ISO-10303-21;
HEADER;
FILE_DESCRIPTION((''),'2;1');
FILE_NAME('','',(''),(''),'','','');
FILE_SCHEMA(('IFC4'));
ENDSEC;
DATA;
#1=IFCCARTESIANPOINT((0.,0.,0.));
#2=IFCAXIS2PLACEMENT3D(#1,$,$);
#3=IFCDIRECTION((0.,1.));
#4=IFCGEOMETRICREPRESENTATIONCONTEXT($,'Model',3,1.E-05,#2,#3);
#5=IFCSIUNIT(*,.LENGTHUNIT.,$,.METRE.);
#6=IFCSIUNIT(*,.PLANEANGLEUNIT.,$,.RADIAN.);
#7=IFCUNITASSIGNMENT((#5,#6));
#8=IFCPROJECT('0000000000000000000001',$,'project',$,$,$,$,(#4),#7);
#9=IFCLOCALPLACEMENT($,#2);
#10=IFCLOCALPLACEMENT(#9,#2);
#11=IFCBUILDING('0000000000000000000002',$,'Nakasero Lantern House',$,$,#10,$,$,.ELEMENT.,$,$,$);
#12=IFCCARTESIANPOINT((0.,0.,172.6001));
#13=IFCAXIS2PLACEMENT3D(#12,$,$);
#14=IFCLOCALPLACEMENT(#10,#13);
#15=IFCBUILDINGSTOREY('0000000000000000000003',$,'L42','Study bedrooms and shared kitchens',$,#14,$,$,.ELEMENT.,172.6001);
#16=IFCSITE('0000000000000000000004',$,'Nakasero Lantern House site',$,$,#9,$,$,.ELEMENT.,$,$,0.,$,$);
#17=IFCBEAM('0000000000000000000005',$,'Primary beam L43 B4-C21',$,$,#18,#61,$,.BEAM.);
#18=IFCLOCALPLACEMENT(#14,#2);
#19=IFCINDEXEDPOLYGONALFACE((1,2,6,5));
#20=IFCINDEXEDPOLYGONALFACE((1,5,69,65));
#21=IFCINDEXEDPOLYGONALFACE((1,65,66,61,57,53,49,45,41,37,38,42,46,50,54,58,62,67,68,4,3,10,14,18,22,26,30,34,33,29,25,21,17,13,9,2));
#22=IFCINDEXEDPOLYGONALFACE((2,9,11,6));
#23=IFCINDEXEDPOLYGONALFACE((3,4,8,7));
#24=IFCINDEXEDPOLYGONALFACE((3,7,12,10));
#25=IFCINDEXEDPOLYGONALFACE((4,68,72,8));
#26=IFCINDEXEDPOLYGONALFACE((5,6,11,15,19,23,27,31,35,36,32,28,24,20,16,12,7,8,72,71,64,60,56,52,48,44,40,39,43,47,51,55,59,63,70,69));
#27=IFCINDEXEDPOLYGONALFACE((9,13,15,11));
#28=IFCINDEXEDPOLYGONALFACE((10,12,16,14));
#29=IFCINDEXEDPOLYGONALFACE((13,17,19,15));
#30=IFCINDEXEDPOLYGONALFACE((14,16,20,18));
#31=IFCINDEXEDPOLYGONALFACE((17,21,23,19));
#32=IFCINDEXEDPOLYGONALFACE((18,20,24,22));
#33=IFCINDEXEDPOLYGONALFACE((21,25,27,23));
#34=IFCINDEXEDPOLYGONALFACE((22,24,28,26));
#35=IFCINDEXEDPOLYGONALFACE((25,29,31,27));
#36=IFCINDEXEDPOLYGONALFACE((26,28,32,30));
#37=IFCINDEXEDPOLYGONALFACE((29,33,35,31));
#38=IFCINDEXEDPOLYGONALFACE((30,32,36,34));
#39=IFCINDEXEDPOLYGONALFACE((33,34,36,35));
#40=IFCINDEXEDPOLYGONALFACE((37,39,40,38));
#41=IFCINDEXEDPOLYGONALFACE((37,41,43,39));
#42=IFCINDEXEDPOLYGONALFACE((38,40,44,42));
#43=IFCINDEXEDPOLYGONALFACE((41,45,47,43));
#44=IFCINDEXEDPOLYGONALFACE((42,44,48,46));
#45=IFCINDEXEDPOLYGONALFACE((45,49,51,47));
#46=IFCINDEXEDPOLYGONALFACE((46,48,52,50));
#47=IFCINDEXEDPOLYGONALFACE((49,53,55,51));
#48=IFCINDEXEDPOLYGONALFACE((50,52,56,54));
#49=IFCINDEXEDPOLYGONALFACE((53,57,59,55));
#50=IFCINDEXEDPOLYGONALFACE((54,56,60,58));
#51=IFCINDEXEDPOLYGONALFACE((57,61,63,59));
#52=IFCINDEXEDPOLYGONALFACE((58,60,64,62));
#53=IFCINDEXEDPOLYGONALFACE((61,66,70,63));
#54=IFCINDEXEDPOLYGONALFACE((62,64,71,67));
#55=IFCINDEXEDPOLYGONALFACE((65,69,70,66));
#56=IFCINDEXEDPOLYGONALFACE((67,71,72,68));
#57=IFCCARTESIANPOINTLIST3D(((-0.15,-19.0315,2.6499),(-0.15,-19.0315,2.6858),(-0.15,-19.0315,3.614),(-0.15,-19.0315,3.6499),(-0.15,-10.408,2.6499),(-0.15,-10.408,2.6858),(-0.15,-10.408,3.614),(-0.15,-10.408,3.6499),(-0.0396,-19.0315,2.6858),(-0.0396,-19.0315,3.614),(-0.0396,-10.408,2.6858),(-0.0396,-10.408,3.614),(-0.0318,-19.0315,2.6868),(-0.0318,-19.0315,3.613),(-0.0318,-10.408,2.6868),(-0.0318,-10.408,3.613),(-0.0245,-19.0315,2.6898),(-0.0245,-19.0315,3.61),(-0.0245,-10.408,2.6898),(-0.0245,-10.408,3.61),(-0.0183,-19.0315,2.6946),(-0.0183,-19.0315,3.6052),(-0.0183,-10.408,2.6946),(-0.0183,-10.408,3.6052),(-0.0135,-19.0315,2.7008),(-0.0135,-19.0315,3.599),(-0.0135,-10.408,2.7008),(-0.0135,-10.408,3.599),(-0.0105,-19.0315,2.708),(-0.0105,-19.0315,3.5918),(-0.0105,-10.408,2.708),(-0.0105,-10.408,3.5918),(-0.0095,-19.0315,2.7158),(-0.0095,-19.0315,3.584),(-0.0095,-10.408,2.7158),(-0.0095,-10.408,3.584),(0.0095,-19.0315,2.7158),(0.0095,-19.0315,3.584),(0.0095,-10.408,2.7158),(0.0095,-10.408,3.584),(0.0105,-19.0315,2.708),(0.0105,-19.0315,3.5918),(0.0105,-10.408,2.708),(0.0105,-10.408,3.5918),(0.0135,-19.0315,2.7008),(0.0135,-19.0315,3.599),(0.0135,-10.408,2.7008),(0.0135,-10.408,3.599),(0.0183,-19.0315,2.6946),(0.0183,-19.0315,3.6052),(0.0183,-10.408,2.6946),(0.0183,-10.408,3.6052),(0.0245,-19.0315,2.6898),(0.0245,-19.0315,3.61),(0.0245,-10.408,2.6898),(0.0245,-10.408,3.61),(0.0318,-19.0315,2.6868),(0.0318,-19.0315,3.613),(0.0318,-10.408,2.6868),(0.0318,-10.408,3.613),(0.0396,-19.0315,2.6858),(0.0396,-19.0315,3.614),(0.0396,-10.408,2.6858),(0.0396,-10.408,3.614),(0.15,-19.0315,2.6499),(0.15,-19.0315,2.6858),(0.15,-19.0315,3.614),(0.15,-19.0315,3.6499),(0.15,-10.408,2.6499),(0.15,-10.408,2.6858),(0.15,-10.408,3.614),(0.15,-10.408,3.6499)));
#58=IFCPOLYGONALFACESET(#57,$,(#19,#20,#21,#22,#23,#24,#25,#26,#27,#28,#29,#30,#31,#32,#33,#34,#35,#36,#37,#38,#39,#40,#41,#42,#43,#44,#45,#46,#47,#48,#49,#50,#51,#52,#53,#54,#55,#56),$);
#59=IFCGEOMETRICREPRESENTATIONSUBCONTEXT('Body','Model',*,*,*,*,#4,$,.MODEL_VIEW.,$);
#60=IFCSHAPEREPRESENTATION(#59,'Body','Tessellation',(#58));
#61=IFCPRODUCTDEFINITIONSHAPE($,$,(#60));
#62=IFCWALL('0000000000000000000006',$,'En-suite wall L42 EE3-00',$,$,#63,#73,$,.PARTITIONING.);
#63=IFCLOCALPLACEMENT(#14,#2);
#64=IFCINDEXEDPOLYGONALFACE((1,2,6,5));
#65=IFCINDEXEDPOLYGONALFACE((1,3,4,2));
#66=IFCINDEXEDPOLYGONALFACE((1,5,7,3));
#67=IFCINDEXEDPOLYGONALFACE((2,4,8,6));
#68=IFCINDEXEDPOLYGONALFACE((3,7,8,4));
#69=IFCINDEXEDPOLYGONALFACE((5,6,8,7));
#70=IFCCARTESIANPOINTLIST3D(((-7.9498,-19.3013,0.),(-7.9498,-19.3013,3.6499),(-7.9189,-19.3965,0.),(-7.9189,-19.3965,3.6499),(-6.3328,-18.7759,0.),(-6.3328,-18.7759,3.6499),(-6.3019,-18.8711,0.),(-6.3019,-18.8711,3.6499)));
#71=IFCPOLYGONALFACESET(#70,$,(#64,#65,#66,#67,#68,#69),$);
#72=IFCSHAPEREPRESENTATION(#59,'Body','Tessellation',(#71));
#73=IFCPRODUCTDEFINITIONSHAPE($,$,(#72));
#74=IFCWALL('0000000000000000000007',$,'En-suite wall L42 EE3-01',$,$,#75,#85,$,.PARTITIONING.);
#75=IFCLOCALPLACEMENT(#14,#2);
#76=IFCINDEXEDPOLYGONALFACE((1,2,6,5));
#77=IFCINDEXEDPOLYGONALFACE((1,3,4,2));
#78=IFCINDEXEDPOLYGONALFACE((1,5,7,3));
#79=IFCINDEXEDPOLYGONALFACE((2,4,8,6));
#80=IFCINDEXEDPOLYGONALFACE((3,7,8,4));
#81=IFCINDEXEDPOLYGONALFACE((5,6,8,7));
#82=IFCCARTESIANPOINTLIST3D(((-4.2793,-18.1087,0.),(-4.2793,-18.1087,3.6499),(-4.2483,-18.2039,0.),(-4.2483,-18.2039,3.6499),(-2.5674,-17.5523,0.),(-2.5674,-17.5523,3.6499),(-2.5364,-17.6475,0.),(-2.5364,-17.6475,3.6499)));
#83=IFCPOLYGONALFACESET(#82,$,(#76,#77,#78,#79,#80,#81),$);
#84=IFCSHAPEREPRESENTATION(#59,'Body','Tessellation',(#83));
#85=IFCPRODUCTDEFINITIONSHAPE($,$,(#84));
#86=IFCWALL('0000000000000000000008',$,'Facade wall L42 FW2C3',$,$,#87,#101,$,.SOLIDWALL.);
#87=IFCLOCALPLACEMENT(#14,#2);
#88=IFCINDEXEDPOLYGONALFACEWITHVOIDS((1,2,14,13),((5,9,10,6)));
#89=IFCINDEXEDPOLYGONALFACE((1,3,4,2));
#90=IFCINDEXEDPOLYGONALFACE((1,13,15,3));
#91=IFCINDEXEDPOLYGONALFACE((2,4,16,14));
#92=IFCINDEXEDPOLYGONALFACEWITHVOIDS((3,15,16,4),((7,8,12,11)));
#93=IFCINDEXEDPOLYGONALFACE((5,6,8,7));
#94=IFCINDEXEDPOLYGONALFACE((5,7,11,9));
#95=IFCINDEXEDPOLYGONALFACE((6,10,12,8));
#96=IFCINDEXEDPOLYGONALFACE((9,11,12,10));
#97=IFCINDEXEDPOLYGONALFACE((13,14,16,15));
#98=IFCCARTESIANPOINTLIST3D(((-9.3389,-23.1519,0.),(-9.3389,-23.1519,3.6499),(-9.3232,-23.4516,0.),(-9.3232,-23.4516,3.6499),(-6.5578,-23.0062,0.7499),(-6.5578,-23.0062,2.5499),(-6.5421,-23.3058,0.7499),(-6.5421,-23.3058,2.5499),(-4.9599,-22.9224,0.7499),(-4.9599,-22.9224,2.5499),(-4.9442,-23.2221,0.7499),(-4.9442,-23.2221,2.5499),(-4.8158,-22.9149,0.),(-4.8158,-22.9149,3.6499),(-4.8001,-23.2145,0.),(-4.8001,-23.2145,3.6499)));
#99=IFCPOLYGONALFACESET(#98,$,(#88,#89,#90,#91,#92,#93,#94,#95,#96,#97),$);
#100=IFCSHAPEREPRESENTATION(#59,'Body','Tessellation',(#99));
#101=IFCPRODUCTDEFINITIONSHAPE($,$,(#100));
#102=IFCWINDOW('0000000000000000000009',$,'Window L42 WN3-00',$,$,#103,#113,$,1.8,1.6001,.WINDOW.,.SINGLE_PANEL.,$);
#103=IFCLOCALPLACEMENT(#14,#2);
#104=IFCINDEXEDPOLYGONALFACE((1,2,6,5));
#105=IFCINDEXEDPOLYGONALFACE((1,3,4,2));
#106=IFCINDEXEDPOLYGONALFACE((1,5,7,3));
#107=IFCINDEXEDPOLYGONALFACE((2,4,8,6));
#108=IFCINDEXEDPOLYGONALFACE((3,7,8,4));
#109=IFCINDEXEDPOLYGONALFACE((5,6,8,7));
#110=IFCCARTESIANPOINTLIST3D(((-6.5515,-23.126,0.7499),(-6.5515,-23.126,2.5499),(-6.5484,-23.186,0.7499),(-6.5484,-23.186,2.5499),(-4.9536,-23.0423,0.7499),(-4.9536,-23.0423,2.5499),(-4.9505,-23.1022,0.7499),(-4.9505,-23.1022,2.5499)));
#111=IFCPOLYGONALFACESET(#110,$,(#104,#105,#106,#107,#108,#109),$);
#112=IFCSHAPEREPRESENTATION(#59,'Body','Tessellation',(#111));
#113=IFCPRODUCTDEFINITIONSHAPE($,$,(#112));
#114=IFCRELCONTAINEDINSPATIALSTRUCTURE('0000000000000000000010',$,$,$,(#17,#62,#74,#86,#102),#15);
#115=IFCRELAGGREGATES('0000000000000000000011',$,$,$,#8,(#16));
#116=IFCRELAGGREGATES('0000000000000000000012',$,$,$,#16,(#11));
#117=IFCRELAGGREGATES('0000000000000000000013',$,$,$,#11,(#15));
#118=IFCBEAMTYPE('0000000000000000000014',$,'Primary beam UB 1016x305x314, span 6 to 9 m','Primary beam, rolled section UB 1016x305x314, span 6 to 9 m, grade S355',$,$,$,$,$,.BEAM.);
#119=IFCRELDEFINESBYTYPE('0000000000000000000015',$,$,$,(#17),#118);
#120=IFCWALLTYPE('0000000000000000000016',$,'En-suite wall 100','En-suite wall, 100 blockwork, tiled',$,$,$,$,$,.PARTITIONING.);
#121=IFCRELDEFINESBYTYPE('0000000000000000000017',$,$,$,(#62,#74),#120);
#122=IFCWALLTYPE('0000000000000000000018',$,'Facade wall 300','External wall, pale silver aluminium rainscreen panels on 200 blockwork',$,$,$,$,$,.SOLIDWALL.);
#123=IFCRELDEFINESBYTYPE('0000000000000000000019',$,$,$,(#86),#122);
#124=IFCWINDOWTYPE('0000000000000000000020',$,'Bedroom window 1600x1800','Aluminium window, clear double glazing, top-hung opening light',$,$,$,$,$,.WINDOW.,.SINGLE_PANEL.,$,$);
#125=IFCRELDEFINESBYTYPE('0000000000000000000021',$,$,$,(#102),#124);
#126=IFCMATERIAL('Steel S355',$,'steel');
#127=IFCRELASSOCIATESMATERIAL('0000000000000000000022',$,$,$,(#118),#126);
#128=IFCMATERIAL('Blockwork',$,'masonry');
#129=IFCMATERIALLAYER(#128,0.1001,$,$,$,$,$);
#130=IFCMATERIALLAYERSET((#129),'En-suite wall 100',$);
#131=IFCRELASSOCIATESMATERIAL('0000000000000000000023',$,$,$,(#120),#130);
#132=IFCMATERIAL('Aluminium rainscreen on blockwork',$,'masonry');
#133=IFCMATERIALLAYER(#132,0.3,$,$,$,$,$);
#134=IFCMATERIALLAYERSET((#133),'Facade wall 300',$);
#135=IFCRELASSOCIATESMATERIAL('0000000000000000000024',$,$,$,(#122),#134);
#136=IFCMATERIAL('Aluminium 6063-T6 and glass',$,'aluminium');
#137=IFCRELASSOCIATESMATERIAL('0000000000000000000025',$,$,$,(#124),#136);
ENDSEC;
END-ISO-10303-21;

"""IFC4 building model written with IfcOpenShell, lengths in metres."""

from ifc_helpers import new_model, si_unit, direction, frame, frame_2d, origin, origin_2d, place, context, subcontext, project, spatial, rectangle, i_section, extrude, material, layer, layer_set, material_profile, profile_set, type_object, element, fill, save


model = new_model("IFC4")

# Units and contexts
model_context = context("Model", 3, precision=1e-05, world=origin(), true_north=direction((0.0, 1.0)))
body_context = subcontext(model_context, "Body", "Model", "MODEL_VIEW")
ifc_project = project(units=[si_unit("LENGTHUNIT", "METRE"), si_unit("PLANEANGLEUNIT", "RADIAN")], contexts=[model_context])

# Site, building, storey
site_placement = place(None, origin())
site = spatial("IfcSite", under=ifc_project, at=site_placement, Name="Nakasero Lantern House site", CompositionType="ELEMENT", RefElevation=0.0)
building_placement = place(site_placement, origin())
building = spatial("IfcBuilding", under=site, at=building_placement, Name="Nakasero Lantern House", CompositionType="ELEMENT")
storey_placement = place(building_placement, frame((0.0, 0.0, 172.6001)))
storey = spatial("IfcBuildingStorey", under=building, at=storey_placement, Name="L42", Description="Study bedrooms and shared kitchens", CompositionType="ELEMENT", Elevation=172.6001)

# Beam
ifc_material_1 = material(Name="Steel S355", Category="steel")
ifc_material_profile_1 = material_profile(ifc_material_1, i_section(OverallWidth=0.3, OverallDepth=1.0, WebThickness=0.019, FlangeThickness=0.0359, FilletRadius=0.03, at=origin_2d()), Name="UB 1016x305x314")
ifc_profile_set_1 = profile_set([ifc_material_profile_1], Name="Steel S355")
beam_type_1 = type_object("IfcBeamType", Name="Primary beam UB 1016x305x314, span 6 to 9 m", Description="Primary beam, rolled section UB 1016x305x314, span 6 to 9 m, grade S355", PredefinedType="BEAM", material=ifc_profile_set_1)
beam_1_placement = place(storey_placement, frame((0.0, -19.0315, 3.1499), z_axis=(0.0, 1.0, 0.0), x_axis=(-1.0, 0.0, 0.0)))
element("IfcBeam", 1, at=beam_1_placement, inside=storey, type_object=beam_type_1, Name="Primary beam L43 B4-C21", PredefinedType="BEAM", context=body_context, shape_type="SweptSolid", body=[
    extrude(i_section(OverallWidth=0.3, OverallDepth=1.0, WebThickness=0.019, FlangeThickness=0.0359, FilletRadius=0.03, at=origin_2d()), origin(), (0.0, 0.0, 1.0), 8.6235),
])

# Walls
ifc_material_2 = material(Name="Blockwork", Category="masonry")
ifc_layer_1 = layer(ifc_material_2, 0.1001)
ifc_layer_set_1 = layer_set([ifc_layer_1], Name="En-suite wall 100")
wall_type_1 = type_object("IfcWallType", Name="En-suite wall 100", Description="En-suite wall, 100 blockwork, tiled", PredefinedType="PARTITIONING", material=ifc_layer_set_1)
wall_1_placement = place(storey_placement, frame((-7.9343, -19.3489, 0.0), z_axis=(0.0, 0.0, 1.0), x_axis=(0.951054, 0.309024, 0.0)))
element("IfcWall", 2, at=wall_1_placement, inside=storey, type_object=wall_type_1, Name="En-suite wall L42 EE3-00", PredefinedType="PARTITIONING", context=body_context, shape_type="SweptSolid", body=[
    extrude(rectangle(XDim=1.7002, YDim=0.1001, at=frame_2d((0.8501, 0.0))), origin(), (0.0, 0.0, 1.0), 3.6499),
])
wall_2_placement = place(storey_placement, frame((-4.2637, -18.1562, 0.0), z_axis=(0.0, 0.0, 1.0), x_axis=(0.95103, 0.309098, 0.0)))
element("IfcWall", 3, at=wall_2_placement, inside=storey, type_object=wall_type_1, Name="En-suite wall L42 EE3-01", PredefinedType="PARTITIONING", context=body_context, shape_type="SweptSolid", body=[
    extrude(rectangle(XDim=1.8, YDim=0.1001, at=frame_2d((0.8999, 0.0))), origin(), (0.0, 0.0, 1.0), 3.6499),
])

# Wall, opening, window
ifc_material_3 = material(Name="Aluminium rainscreen on blockwork", Category="masonry")
ifc_layer_2 = layer(ifc_material_3, 0.3)
ifc_layer_set_2 = layer_set([ifc_layer_2], Name="Facade wall 300")
wall_type_2 = type_object("IfcWallType", Name="Facade wall 300", Description="External wall, pale silver aluminium rainscreen panels on 200 blockwork", PredefinedType="SOLIDWALL", material=ifc_layer_set_2)
wall_3_placement = place(storey_placement, frame((-9.3311, -23.3018, 0.0), z_axis=(0.0, 0.0, 1.0), x_axis=(0.998629, 0.052338, 0.0)))
wall_3 = element("IfcWall", 4, at=wall_3_placement, inside=storey, type_object=wall_type_2, Name="Facade wall L42 FW2C3", PredefinedType="SOLIDWALL", context=body_context, shape_type="SweptSolid", body=[
    extrude(rectangle(XDim=4.5293, YDim=0.3, at=frame_2d((2.2646, 0.0))), origin(), (0.0, 0.0, 1.0), 3.6499),
])
opening_1_placement = place(wall_3_placement, frame((2.7849, 0.0, 0.75)))
opening_1 = element("IfcOpeningElement", 5, at=opening_1_placement, cuts=wall_3, PredefinedType="OPENING", context=body_context, shape_type="SweptSolid", body=[
    extrude(rectangle(XDim=1.6001, YDim=1.8, at=frame_2d((0.8, 0.8999))), frame((0.0, 0.1699, 0.0), z_axis=(0.0, -1.0, 0.0), x_axis=(1.0, 0.0, 0.0)), (0.0, 0.0, 1.0), 0.3401),
])
ifc_material_4 = material(Name="Aluminium 6063-T6 and glass", Category="aluminium")
window_type_1 = type_object("IfcWindowType", Name="Bedroom window 1600x1800", Description="Aluminium window, clear double glazing, top-hung opening light", PartitioningType="SINGLE_PANEL", PredefinedType="WINDOW", material=ifc_material_4)
window_1_placement = place(opening_1_placement, origin())
window_1 = element("IfcWindow", 6, at=window_1_placement, inside=storey, type_object=window_type_1, Name="Window L42 WN3-00", OverallHeight=1.8, OverallWidth=1.6001, PartitioningType="SINGLE_PANEL", PredefinedType="WINDOW", context=body_context, shape_type="SweptSolid", body=[
    extrude(rectangle(XDim=1.6001, YDim=1.8, at=frame_2d((0.8, 0.8999))), frame((0.0, 0.03, 0.0), z_axis=(0.0, -1.0, 0.0), x_axis=(1.0, 0.0, 0.0)), (0.0, 0.0, 1.0), 0.0601),
])
fill(opening_1, window_1)

save(model, "model.ifc")
